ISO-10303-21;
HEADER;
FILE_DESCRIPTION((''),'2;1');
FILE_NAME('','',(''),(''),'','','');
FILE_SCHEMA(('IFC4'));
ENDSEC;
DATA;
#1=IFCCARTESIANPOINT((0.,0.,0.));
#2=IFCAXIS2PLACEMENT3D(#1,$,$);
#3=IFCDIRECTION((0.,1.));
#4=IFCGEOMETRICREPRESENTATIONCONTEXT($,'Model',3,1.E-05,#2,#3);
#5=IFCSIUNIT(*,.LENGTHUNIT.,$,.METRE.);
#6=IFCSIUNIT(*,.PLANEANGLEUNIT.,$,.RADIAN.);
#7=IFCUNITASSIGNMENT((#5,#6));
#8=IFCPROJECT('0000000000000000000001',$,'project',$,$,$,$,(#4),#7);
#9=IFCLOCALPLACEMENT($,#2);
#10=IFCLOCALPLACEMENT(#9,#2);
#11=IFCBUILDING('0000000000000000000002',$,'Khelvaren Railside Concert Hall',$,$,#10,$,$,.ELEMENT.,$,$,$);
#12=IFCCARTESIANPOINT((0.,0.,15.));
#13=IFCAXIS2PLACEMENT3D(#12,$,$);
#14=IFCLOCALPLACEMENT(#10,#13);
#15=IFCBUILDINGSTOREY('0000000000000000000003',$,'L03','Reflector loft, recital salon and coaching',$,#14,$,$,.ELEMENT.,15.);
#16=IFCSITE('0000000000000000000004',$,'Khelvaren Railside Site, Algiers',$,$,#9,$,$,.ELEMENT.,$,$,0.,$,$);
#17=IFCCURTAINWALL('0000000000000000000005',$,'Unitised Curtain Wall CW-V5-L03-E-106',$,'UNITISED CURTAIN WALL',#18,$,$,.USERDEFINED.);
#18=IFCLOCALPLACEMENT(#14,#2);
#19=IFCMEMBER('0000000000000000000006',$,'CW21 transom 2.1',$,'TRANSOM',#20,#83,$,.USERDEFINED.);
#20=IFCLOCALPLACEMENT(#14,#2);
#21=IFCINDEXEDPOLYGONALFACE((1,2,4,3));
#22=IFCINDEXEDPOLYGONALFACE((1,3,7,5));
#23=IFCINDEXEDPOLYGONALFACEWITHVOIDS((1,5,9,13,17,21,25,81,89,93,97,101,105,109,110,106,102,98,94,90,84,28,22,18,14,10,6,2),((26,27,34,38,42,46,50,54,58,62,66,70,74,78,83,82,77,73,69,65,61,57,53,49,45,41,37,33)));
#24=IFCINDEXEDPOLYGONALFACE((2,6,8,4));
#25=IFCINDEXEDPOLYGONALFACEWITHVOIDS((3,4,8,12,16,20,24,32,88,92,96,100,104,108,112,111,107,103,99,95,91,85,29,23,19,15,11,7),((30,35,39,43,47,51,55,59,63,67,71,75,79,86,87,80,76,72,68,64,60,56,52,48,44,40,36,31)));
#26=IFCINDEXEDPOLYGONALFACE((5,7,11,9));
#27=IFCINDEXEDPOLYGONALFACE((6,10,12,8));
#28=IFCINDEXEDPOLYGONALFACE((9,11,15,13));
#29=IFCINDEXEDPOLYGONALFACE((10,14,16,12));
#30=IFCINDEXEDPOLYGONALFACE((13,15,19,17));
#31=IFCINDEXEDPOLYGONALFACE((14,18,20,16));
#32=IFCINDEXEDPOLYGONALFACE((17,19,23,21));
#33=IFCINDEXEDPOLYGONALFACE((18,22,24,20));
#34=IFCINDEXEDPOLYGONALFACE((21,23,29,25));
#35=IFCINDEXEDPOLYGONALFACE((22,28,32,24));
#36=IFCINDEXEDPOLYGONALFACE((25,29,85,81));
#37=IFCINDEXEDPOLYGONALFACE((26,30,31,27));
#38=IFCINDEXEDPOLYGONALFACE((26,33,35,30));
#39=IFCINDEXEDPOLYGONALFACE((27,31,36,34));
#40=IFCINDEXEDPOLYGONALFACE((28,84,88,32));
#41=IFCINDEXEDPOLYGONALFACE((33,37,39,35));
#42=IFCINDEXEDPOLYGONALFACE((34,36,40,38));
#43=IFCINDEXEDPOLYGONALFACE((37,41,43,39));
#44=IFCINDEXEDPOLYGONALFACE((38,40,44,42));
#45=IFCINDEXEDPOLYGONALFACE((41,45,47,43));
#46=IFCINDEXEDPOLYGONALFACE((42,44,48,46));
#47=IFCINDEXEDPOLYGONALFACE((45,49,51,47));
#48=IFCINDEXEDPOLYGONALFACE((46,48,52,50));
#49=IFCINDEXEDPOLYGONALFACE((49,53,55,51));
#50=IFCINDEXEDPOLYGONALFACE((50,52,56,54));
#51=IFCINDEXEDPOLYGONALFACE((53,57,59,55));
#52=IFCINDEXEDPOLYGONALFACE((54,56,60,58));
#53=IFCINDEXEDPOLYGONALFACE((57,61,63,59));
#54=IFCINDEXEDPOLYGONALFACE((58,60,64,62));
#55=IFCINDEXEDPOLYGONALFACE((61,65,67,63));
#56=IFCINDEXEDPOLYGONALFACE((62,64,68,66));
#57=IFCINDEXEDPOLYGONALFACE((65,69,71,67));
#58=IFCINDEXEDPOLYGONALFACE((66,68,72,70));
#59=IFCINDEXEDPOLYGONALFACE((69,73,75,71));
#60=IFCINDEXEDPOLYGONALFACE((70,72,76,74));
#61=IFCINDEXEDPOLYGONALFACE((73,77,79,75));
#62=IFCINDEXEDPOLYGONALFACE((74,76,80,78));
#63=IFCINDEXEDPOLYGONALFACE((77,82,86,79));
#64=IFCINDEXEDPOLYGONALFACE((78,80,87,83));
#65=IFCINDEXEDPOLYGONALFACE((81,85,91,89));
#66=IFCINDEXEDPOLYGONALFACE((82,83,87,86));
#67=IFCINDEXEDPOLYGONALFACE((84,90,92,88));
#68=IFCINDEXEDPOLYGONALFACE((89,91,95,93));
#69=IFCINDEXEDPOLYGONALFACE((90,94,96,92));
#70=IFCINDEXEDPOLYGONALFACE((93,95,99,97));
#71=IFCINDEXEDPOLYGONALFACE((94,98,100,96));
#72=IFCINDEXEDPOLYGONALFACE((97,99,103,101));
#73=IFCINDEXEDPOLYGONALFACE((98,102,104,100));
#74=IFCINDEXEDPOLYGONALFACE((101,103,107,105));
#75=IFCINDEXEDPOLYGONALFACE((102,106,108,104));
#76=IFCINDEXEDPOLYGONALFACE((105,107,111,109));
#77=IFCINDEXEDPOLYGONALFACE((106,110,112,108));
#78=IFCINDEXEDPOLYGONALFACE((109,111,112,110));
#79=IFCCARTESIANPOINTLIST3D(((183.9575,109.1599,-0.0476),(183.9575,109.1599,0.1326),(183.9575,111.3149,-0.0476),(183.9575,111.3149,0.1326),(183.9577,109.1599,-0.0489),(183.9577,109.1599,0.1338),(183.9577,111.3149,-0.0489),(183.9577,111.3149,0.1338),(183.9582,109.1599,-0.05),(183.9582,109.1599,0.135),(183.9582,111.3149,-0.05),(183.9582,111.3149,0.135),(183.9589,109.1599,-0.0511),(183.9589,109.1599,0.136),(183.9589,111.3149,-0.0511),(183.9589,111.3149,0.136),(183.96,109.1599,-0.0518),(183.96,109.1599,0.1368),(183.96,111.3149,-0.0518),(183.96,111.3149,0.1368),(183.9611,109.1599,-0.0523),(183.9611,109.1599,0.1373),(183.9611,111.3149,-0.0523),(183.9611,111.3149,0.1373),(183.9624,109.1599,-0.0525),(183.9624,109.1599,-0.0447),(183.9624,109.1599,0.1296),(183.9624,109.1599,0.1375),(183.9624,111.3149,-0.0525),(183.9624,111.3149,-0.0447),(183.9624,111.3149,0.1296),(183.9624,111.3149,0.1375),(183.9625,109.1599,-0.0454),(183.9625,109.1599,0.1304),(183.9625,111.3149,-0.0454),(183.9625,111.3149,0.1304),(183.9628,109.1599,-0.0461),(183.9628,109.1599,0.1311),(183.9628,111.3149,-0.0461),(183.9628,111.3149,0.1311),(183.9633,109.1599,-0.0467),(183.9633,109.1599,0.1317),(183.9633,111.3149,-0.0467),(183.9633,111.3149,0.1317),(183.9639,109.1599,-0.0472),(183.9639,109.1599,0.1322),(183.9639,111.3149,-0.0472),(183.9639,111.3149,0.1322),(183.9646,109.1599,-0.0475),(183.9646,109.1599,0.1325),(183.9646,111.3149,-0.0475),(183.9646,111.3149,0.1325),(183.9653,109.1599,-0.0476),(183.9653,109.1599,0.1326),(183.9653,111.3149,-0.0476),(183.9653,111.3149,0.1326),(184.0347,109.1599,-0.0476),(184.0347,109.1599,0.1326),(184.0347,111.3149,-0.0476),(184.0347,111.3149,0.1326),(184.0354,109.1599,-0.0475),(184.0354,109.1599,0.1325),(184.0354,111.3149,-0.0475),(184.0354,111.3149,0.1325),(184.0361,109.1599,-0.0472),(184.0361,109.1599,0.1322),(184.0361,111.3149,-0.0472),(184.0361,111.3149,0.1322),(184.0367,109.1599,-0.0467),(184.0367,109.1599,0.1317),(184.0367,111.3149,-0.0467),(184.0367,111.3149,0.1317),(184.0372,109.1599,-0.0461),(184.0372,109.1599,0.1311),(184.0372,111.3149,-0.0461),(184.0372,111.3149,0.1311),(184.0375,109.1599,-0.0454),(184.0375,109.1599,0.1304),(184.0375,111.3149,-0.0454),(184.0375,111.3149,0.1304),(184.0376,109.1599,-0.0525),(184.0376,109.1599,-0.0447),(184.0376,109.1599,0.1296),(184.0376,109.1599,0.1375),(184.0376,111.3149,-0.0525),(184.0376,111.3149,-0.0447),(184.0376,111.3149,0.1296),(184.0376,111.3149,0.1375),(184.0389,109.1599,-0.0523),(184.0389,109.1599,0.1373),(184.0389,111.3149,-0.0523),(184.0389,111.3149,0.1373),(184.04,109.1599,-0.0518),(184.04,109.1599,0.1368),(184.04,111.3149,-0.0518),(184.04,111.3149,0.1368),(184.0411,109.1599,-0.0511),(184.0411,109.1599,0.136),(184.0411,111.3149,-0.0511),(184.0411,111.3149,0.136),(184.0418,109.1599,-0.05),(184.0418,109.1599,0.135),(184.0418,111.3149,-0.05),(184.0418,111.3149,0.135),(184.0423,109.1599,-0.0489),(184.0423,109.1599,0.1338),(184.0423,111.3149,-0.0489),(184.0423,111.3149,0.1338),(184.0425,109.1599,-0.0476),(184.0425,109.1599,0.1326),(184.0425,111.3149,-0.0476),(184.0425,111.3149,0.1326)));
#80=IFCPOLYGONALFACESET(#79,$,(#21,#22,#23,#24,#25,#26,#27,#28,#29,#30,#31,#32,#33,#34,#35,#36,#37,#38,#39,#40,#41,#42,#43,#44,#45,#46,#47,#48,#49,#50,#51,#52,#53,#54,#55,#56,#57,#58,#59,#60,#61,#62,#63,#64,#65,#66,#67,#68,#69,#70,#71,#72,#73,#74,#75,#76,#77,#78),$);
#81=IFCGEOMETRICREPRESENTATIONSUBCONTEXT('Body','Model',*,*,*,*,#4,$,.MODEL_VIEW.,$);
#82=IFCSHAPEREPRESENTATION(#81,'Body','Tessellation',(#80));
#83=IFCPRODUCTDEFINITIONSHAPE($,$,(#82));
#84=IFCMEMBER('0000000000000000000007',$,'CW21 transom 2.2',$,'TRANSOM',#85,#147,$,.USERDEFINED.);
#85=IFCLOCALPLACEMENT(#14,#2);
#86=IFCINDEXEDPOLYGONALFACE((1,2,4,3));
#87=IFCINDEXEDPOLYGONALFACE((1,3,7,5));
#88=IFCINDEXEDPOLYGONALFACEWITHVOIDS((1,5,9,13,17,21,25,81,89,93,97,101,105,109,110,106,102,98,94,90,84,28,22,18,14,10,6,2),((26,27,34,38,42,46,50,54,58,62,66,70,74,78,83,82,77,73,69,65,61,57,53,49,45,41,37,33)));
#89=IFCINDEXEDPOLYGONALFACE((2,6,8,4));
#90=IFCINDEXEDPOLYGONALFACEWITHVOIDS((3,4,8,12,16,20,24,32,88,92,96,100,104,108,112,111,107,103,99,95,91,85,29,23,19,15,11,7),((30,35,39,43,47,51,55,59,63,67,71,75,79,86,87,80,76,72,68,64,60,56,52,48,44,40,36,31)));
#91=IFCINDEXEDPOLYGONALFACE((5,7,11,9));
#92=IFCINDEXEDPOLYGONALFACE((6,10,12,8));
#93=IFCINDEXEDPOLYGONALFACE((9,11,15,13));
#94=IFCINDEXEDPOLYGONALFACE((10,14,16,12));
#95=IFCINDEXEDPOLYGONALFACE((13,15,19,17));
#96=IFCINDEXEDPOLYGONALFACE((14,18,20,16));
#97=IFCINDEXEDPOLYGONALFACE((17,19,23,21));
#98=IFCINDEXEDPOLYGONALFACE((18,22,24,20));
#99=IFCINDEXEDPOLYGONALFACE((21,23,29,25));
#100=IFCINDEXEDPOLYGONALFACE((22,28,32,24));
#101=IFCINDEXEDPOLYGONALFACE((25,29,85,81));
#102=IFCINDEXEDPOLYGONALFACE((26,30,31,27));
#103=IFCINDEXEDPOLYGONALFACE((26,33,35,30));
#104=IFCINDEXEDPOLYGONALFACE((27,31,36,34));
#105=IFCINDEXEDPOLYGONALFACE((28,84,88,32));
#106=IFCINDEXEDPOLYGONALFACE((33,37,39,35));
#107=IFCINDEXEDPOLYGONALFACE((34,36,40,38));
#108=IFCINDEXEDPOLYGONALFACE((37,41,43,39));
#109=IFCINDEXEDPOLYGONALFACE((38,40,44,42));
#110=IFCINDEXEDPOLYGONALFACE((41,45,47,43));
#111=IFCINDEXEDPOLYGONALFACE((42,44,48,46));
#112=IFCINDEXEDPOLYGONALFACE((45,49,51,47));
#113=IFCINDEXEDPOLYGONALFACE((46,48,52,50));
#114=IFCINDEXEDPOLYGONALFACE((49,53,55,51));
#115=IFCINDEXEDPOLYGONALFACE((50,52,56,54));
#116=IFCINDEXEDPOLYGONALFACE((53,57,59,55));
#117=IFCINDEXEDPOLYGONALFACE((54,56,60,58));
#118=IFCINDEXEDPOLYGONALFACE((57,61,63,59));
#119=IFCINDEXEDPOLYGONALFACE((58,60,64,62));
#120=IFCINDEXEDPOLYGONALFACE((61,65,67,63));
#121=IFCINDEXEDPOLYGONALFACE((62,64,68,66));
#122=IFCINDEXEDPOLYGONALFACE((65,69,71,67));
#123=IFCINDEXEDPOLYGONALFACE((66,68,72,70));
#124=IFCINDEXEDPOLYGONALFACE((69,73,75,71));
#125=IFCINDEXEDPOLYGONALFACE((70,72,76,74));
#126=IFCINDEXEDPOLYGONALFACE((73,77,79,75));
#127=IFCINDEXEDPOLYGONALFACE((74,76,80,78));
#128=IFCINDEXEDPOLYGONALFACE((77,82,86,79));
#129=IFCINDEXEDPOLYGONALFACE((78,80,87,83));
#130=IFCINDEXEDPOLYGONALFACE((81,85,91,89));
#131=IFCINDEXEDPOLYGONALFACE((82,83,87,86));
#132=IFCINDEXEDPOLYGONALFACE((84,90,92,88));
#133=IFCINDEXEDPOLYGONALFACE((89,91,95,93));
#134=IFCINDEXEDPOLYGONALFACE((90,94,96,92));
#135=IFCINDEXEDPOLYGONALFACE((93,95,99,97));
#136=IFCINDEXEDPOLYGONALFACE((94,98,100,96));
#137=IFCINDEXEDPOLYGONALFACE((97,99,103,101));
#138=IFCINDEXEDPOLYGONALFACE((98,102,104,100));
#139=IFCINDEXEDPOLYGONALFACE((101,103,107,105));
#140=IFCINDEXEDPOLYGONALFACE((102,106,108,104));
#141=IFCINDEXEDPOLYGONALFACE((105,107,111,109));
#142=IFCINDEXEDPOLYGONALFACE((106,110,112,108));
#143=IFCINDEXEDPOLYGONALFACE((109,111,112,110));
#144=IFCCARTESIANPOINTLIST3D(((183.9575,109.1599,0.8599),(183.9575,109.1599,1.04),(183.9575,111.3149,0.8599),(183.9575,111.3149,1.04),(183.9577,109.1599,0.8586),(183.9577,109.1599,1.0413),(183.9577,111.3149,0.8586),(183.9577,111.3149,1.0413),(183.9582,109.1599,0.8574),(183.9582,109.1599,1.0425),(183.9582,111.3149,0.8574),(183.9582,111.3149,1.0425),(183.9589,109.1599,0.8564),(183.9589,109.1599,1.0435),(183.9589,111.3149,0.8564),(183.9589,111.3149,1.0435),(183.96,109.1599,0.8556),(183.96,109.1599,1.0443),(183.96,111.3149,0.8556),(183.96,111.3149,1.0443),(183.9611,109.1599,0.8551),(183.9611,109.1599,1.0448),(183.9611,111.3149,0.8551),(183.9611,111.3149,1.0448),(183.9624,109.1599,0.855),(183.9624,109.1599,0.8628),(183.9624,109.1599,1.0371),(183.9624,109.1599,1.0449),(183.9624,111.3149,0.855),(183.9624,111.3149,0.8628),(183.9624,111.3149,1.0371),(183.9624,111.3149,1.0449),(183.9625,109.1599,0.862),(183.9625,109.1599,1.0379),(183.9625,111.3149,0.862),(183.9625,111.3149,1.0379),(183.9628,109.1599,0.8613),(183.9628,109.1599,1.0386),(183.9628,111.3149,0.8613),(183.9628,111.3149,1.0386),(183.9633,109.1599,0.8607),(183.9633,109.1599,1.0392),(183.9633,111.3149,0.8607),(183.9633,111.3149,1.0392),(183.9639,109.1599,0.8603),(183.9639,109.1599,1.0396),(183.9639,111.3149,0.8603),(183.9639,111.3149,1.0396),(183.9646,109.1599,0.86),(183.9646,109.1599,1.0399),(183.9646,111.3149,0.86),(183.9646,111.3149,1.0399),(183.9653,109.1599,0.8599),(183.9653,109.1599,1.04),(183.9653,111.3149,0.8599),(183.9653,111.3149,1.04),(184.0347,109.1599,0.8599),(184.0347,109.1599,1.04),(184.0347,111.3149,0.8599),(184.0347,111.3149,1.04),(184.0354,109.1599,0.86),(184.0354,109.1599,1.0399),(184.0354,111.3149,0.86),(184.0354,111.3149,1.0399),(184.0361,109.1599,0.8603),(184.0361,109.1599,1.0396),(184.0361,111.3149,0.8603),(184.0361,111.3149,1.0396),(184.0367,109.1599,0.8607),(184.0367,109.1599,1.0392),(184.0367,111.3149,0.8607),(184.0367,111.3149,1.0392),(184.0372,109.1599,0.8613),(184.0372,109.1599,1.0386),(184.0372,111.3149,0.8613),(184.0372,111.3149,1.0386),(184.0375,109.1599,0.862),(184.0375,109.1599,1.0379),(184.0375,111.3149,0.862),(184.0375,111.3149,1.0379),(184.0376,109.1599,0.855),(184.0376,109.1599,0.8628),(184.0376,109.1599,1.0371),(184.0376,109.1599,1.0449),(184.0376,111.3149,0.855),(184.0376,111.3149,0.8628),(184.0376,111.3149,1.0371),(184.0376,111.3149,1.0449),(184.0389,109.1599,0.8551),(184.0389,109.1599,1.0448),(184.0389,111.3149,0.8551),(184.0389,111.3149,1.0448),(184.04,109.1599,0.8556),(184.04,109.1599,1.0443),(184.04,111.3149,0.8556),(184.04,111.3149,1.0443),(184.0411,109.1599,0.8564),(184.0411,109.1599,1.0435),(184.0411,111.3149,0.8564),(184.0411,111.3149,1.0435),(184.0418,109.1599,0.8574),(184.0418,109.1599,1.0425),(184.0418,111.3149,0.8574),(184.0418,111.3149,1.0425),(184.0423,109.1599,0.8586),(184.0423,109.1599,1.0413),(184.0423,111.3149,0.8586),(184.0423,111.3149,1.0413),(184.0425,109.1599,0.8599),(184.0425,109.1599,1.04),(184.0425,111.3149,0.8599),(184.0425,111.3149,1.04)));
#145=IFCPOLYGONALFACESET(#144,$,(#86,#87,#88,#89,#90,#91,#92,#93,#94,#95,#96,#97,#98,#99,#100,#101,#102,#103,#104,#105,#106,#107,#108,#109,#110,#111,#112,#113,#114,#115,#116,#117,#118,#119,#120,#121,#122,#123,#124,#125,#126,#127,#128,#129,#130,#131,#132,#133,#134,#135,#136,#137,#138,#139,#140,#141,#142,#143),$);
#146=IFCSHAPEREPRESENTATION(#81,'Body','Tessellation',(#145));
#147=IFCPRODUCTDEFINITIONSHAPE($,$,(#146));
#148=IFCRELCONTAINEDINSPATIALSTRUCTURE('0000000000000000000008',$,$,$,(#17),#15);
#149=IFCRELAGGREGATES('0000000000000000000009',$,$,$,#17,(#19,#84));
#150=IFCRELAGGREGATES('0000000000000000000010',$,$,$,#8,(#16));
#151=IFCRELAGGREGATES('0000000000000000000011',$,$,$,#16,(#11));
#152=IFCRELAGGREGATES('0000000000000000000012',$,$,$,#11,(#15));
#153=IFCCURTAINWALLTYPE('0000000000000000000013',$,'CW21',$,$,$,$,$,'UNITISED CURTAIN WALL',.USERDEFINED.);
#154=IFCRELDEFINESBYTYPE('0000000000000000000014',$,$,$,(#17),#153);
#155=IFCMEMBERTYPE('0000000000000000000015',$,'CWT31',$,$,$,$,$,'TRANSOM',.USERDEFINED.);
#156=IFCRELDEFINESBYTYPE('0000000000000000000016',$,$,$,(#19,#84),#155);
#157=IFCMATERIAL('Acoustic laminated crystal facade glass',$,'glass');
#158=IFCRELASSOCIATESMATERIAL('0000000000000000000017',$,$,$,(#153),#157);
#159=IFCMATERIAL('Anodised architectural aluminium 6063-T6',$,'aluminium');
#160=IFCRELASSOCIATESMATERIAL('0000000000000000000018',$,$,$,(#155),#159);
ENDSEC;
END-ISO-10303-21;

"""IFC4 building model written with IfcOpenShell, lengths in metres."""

from ifc_helpers import new_model, si_unit, direction, frame, origin, origin_2d, place, context, subcontext, project, spatial, hollow_rectangle, extrude, material, material_profile, profile_set, type_object, element, aggregate, save


model = new_model("IFC4")

# Units and contexts
model_context = context("Model", 3, precision=1e-05, world=origin(), true_north=direction((0.0, 1.0)))
body_context = subcontext(model_context, "Body", "Model", "MODEL_VIEW")
ifc_project = project(units=[si_unit("LENGTHUNIT", "METRE"), si_unit("PLANEANGLEUNIT", "RADIAN")], contexts=[model_context])

# Site, building, storey
site_placement = place(None, origin())
site = spatial("IfcSite", under=ifc_project, at=site_placement, Name="Khelvaren Railside Site, Algiers", CompositionType="ELEMENT", RefElevation=0.0)
building_placement = place(site_placement, origin())
building = spatial("IfcBuilding", under=site, at=building_placement, Name="Khelvaren Railside Concert Hall", CompositionType="ELEMENT")
storey_placement = place(building_placement, frame((0.0, 0.0, 15.0)))
storey = spatial("IfcBuildingStorey", under=building, at=storey_placement, Name="L03", Description="Reflector loft, recital salon and coaching", CompositionType="ELEMENT", Elevation=15.0)

# Curtain wall, members
ifc_material_1 = material(Name="Acoustic laminated crystal facade glass", Category="glass")
curtain_wall_type = type_object("IfcCurtainWallType", Name="CW21", ElementType="UNITISED CURTAIN WALL", PredefinedType="USERDEFINED", material=ifc_material_1)
curtain_wall_placement = place(storey_placement, origin())
curtain_wall = element("IfcCurtainWall", 1, at=curtain_wall_placement, inside=storey, type_object=curtain_wall_type, Name="Unitised Curtain Wall CW-V5-L03-E-106", ObjectType="UNITISED CURTAIN WALL", PredefinedType="USERDEFINED")
ifc_material_2 = material(Name="Anodised architectural aluminium 6063-T6", Category="aluminium")
ifc_material_profile_1 = material_profile(ifc_material_2, hollow_rectangle(XDim=0.085, YDim=0.1899, WallThickness=0.0049, InnerFilletRadius=0.0029, OuterFilletRadius=0.0049, at=origin_2d()), Name="CWT 85x190x5")
ifc_profile_set_1 = profile_set([ifc_material_profile_1], Name="Anodised architectural aluminium 6063-T6")
member_type_1 = type_object("IfcMemberType", Name="CWT31", ElementType="TRANSOM", PredefinedType="USERDEFINED", material=ifc_profile_set_1)
member_1_placement = place(storey_placement, frame((184.0, 111.3149, 0.0425), z_axis=(0.0, -1.0, 0.0), x_axis=(1.0, 0.0, 0.0)))
member_1 = element("IfcMember", 2, at=member_1_placement, type_object=member_type_1, Name="CW21 transom 2.1", ObjectType="TRANSOM", PredefinedType="USERDEFINED", context=body_context, shape_type="SweptSolid", body=[
    extrude(hollow_rectangle(XDim=0.085, YDim=0.1899, WallThickness=0.0049, InnerFilletRadius=0.0029, OuterFilletRadius=0.0049, at=origin_2d()), origin(), (0.0, 0.0, 1.0), 2.155),
])
member_2_placement = place(storey_placement, frame((184.0, 111.3149, 0.95), z_axis=(0.0, -1.0, 0.0), x_axis=(1.0, 0.0, 0.0)))
member_2 = element("IfcMember", 3, at=member_2_placement, type_object=member_type_1, Name="CW21 transom 2.2", ObjectType="TRANSOM", PredefinedType="USERDEFINED", context=body_context, shape_type="SweptSolid", body=[
    extrude(hollow_rectangle(XDim=0.085, YDim=0.1899, WallThickness=0.0049, InnerFilletRadius=0.0029, OuterFilletRadius=0.0049, at=origin_2d()), origin(), (0.0, 0.0, 1.0), 2.155),
])

aggregate(curtain_wall, [member_1, member_2])

save(model, "model.ifc")
